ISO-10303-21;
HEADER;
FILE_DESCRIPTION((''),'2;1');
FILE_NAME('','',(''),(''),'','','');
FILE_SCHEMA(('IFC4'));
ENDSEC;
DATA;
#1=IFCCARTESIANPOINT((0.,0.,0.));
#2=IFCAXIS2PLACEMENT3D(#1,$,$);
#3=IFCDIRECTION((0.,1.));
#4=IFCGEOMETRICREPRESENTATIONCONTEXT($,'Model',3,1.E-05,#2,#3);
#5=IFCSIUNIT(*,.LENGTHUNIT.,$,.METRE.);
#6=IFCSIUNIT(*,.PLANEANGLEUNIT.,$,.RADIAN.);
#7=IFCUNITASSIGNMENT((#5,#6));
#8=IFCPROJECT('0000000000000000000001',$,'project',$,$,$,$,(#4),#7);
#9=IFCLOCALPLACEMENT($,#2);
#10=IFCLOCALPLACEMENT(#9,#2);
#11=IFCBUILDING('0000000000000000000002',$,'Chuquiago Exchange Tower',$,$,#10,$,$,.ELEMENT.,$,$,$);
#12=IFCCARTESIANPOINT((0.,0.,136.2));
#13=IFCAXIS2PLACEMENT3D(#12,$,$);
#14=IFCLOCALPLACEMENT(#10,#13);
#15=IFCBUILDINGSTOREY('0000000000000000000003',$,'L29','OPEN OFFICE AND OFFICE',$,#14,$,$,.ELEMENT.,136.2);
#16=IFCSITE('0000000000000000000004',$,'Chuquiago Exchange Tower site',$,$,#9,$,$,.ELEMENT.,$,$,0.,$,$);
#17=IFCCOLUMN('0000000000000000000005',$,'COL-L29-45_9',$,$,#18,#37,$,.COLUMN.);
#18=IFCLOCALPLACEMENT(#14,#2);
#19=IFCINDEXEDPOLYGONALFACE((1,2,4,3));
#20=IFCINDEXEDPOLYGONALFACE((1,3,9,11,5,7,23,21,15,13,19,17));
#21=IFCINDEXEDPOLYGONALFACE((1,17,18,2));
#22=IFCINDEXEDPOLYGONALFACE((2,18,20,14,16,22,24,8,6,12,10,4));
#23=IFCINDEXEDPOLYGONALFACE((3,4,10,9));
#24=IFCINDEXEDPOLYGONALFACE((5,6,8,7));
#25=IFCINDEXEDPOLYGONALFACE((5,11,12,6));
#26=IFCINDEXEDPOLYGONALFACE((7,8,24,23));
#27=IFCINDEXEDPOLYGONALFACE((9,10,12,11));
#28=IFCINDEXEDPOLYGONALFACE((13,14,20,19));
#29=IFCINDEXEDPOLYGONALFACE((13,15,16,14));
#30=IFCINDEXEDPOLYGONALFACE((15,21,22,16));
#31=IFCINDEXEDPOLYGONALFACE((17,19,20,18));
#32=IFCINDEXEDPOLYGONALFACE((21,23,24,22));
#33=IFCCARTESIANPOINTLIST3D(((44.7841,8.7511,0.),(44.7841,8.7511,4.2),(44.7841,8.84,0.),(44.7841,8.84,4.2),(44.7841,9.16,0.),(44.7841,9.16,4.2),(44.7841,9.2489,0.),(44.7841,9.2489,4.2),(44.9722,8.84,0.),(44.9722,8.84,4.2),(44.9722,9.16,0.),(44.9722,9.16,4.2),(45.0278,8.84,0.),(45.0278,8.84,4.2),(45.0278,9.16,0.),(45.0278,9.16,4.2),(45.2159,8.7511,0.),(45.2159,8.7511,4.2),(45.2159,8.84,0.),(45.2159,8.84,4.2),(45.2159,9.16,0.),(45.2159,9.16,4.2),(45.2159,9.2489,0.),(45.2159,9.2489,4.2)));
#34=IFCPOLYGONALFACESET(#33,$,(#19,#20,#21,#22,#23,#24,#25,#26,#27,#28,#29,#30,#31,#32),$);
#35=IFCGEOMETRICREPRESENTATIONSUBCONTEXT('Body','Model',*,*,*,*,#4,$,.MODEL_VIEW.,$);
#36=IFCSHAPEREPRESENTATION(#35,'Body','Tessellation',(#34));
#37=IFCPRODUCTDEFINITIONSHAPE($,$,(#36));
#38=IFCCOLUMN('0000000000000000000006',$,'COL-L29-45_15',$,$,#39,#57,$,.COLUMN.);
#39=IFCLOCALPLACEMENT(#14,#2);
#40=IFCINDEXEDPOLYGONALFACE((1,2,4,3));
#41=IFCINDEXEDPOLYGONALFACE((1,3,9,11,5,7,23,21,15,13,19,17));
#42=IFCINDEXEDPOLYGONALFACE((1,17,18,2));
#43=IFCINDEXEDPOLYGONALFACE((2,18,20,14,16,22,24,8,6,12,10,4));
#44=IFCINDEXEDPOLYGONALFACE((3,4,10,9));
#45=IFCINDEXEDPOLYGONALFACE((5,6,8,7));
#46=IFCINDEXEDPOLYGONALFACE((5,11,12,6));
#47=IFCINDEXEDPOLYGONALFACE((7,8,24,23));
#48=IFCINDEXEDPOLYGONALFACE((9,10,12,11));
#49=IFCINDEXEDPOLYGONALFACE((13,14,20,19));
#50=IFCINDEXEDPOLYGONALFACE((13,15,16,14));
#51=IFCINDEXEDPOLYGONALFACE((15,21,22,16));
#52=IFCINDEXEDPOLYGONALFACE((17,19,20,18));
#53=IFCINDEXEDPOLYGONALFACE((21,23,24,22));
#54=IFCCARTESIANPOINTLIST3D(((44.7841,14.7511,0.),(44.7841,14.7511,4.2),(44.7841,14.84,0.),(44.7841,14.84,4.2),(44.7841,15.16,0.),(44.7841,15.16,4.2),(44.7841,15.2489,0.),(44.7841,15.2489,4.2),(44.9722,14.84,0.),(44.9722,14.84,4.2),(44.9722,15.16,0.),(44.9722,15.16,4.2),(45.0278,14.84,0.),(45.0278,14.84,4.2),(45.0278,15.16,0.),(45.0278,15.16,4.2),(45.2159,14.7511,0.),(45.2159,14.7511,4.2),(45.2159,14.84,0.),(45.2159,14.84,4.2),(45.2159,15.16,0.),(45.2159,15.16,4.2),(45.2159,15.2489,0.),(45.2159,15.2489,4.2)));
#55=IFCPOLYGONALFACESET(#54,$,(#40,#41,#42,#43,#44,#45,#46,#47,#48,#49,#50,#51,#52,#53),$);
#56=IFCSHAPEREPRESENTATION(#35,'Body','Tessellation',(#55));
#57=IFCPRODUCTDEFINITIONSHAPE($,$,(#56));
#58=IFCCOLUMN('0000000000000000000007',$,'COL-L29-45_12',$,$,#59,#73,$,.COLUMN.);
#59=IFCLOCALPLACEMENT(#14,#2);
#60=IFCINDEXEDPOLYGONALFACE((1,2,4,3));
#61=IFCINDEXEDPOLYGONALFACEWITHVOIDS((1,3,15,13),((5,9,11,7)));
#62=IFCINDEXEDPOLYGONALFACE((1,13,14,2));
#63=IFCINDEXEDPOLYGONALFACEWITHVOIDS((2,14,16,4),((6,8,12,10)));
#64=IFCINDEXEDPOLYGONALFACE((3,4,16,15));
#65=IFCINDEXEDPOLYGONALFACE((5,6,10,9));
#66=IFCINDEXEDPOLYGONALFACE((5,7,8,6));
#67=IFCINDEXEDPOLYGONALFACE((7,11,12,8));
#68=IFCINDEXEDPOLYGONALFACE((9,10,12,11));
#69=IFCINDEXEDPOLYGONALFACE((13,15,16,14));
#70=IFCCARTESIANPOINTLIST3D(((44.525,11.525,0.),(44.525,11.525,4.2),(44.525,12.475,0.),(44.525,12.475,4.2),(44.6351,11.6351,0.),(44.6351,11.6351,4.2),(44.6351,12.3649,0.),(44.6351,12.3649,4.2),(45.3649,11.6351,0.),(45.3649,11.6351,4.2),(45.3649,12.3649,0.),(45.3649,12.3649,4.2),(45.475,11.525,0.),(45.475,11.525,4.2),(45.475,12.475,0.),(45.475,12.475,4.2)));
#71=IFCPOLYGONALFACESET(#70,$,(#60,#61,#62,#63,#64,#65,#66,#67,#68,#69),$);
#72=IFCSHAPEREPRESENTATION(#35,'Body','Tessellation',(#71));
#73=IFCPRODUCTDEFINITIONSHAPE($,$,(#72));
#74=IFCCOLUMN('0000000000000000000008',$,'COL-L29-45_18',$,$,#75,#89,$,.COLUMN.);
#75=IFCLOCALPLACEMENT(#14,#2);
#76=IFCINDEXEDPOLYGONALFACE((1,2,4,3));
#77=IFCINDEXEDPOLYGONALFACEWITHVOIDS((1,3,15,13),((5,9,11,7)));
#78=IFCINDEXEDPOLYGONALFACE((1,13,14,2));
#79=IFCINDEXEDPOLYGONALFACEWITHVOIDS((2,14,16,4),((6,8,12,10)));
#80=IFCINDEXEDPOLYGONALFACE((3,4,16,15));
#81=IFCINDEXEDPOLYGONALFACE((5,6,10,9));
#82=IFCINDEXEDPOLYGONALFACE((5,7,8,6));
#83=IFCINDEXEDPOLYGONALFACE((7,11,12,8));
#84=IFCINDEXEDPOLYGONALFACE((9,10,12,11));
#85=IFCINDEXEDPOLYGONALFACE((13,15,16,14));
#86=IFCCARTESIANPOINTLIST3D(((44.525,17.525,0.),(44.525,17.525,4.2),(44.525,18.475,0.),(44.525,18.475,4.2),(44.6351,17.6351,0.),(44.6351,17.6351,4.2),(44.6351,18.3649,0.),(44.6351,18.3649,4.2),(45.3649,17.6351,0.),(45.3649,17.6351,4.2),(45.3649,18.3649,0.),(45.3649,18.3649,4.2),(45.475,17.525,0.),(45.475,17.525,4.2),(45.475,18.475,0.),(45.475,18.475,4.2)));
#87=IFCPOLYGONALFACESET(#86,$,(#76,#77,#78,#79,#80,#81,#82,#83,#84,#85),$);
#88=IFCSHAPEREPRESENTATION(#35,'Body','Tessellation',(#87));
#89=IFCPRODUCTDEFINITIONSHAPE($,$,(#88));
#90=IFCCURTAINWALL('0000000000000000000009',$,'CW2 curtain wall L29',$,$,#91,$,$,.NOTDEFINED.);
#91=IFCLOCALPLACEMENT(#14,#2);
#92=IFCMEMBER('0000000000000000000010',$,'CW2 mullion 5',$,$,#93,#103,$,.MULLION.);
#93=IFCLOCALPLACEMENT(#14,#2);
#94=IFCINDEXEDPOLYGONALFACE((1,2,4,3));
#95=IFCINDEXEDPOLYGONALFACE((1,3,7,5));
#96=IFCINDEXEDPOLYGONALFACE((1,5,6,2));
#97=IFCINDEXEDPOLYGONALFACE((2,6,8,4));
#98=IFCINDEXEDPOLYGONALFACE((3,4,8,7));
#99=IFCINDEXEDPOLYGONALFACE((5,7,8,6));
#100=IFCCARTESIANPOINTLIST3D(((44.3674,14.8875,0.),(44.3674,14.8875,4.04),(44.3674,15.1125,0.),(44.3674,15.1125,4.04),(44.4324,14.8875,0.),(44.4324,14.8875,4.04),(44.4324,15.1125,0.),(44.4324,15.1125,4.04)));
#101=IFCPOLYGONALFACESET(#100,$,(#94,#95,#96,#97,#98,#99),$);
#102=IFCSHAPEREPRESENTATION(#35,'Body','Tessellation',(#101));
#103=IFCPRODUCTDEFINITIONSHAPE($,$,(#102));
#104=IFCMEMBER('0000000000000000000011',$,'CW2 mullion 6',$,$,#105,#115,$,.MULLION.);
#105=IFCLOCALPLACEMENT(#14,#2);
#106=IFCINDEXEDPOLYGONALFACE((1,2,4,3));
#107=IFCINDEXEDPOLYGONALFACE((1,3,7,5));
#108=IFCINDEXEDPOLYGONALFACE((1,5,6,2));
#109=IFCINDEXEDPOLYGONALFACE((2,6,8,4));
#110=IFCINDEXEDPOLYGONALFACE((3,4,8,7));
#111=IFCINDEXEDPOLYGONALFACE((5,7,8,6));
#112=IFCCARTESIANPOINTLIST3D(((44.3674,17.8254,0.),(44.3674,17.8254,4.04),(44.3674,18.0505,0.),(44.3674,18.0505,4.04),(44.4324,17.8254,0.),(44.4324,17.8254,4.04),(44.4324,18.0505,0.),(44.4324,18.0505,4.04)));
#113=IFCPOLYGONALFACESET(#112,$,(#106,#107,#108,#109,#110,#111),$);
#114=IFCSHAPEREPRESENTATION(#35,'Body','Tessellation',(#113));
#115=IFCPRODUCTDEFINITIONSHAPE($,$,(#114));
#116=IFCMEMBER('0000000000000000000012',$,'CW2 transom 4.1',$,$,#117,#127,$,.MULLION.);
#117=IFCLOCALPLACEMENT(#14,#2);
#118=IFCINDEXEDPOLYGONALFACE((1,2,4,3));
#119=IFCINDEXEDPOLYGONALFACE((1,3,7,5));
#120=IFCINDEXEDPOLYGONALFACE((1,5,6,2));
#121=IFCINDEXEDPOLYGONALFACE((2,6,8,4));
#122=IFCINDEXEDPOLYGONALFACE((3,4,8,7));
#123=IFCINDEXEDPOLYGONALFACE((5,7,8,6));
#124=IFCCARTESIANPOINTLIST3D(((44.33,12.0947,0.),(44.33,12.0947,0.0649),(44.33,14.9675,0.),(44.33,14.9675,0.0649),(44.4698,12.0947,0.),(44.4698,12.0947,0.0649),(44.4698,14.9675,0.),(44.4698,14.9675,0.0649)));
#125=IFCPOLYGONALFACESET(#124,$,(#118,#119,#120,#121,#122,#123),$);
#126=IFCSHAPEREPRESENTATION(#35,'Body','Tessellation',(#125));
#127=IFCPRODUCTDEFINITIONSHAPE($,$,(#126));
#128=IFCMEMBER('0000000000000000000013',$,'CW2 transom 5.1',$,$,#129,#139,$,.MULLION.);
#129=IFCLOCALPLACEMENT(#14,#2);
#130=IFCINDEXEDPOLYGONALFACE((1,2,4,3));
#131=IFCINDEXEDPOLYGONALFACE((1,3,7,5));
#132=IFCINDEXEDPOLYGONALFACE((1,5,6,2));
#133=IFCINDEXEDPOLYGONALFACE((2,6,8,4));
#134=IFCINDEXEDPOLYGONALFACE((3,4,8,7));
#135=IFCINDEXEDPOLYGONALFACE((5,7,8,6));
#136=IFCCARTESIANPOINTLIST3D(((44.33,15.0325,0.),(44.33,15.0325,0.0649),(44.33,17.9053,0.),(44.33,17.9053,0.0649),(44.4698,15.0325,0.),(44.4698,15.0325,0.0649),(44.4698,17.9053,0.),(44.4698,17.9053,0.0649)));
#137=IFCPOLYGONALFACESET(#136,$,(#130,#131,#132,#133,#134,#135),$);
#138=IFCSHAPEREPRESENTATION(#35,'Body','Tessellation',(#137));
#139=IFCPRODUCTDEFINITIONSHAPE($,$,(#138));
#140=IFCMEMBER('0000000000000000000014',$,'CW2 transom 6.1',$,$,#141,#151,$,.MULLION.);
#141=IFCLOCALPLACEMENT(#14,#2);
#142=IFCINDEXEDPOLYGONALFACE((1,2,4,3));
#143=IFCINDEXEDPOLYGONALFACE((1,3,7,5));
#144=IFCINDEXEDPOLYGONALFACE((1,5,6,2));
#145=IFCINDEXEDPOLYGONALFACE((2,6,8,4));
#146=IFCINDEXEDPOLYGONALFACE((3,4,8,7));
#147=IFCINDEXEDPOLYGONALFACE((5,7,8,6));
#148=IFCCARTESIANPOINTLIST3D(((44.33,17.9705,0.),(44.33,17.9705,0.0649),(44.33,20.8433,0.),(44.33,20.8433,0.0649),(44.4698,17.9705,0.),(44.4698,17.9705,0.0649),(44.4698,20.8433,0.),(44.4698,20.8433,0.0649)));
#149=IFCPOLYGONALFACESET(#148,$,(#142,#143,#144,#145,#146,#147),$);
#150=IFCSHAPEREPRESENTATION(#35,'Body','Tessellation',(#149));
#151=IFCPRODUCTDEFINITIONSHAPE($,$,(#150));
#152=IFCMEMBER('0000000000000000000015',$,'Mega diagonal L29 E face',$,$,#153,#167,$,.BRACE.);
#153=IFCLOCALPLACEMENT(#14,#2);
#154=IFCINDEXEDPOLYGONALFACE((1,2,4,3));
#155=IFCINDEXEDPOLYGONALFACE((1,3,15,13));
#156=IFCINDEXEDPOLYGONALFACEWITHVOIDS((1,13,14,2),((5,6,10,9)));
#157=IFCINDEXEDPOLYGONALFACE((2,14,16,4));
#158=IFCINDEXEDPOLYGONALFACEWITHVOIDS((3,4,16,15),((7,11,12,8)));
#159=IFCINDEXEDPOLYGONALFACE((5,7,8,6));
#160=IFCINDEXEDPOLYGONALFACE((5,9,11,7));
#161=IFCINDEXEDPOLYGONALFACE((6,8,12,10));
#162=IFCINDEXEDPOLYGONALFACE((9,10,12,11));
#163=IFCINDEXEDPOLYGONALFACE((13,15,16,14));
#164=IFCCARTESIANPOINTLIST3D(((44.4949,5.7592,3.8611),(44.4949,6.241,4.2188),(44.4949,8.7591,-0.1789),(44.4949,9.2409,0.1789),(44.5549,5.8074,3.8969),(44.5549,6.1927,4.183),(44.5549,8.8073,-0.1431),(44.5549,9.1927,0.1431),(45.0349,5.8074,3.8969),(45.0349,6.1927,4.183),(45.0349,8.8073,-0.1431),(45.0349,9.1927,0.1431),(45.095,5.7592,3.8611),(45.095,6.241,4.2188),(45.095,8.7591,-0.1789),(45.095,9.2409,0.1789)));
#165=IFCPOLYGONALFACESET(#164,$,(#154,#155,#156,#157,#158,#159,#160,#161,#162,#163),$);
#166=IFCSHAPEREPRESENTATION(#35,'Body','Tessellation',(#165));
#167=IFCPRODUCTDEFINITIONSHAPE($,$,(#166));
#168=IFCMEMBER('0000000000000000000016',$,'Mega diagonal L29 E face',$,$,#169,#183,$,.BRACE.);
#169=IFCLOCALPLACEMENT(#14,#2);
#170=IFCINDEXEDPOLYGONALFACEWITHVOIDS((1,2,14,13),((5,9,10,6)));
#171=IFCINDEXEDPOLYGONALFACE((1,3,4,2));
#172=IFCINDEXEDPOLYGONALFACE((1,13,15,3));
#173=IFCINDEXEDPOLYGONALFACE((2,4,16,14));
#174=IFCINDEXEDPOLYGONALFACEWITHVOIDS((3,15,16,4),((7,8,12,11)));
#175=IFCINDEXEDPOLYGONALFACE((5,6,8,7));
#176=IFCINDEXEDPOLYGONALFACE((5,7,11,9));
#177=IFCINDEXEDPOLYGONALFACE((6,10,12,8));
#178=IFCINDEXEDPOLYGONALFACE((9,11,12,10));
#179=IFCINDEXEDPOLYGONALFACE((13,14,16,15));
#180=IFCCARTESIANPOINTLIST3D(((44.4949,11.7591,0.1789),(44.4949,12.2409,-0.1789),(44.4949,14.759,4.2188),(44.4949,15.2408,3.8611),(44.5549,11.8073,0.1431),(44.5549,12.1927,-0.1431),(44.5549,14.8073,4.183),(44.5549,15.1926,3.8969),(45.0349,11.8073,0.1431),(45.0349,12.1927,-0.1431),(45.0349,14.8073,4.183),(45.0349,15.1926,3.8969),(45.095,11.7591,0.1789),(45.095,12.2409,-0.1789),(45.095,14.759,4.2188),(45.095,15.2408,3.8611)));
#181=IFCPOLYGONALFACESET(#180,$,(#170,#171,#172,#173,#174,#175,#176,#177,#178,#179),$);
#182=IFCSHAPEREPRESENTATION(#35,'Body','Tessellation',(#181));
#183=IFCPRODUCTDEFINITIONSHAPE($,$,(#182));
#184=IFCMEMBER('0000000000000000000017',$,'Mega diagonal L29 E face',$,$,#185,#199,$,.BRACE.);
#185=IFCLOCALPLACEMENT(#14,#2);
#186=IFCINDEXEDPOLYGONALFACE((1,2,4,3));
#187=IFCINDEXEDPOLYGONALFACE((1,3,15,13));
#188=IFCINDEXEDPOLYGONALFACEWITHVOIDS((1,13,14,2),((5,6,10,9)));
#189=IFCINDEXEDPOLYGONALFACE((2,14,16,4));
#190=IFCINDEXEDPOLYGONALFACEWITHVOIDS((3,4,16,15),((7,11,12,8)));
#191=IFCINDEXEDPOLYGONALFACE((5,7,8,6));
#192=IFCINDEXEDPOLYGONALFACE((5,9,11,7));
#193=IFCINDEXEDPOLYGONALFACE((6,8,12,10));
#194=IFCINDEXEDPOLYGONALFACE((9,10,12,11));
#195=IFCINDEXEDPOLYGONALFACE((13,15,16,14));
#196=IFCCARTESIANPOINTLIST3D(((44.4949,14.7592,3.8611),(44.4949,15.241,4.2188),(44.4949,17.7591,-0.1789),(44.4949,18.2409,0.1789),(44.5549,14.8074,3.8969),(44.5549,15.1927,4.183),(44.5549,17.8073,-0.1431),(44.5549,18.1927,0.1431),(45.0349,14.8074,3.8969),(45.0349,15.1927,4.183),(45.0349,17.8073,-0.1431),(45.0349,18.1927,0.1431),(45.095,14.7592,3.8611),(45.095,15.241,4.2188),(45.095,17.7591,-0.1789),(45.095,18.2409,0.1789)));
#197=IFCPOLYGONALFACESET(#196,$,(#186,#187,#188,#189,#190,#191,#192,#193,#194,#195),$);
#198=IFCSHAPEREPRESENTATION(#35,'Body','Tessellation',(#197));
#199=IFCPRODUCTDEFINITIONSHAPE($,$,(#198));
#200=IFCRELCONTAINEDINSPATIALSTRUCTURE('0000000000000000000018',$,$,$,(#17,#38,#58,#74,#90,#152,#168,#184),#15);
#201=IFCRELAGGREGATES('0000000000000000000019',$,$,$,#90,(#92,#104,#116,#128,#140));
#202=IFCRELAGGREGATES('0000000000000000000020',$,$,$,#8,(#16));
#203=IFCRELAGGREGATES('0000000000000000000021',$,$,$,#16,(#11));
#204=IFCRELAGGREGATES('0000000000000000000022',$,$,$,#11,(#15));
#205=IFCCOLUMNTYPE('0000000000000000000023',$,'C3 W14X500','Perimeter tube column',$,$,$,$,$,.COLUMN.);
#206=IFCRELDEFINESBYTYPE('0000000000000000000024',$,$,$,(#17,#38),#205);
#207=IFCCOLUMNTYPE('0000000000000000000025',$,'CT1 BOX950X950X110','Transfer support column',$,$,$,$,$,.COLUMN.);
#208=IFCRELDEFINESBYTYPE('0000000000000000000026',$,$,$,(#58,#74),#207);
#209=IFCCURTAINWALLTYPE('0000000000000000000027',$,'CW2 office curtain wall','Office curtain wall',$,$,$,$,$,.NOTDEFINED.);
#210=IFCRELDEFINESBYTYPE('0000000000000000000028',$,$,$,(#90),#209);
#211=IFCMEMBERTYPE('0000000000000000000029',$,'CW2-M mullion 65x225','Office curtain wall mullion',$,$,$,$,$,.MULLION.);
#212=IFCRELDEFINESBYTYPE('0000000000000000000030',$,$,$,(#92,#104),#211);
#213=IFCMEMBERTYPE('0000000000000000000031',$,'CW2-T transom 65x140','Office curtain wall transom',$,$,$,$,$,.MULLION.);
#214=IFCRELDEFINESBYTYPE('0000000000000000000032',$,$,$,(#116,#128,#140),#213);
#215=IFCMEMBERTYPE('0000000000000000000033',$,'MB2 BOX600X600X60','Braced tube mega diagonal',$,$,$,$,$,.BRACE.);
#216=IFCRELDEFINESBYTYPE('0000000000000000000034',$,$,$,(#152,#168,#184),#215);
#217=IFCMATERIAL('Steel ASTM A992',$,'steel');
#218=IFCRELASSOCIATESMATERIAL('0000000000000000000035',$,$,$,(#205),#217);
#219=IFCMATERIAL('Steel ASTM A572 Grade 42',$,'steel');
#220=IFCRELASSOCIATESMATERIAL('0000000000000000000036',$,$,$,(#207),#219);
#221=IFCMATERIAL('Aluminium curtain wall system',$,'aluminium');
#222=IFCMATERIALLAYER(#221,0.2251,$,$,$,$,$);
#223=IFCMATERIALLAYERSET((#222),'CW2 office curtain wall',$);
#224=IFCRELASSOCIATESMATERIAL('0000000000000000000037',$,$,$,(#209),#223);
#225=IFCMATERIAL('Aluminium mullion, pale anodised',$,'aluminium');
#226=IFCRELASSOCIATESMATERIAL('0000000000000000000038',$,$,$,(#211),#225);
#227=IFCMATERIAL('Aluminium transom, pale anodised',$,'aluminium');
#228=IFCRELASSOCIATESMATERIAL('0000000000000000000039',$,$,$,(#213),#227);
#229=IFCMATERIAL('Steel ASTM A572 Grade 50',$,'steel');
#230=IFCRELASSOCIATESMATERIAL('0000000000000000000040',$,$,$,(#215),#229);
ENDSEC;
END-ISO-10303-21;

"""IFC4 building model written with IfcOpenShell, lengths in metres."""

from ifc_helpers import new_model, si_unit, direction, frame, origin, origin_2d, place, context, subcontext, project, spatial, rectangle, hollow_rectangle, i_section, extrude, material, layer, layer_set, material_profile, profile_set, type_object, element, aggregate, save


model = new_model("IFC4")

# Units and contexts
model_context = context("Model", 3, precision=1e-05, world=origin(), true_north=direction((0.0, 1.0)))
body_context = subcontext(model_context, "Body", "Model", "MODEL_VIEW")
ifc_project = project(units=[si_unit("LENGTHUNIT", "METRE"), si_unit("PLANEANGLEUNIT", "RADIAN")], contexts=[model_context])

# Site, building, storey
site_placement = place(None, origin())
site = spatial("IfcSite", under=ifc_project, at=site_placement, Name="Chuquiago Exchange Tower site", CompositionType="ELEMENT", RefElevation=0.0)
building_placement = place(site_placement, origin())
building = spatial("IfcBuilding", under=site, at=building_placement, Name="Chuquiago Exchange Tower", CompositionType="ELEMENT")
storey_placement = place(building_placement, frame((0.0, 0.0, 136.2)))
storey = spatial("IfcBuildingStorey", under=building, at=storey_placement, Name="L29", Description="OPEN OFFICE AND OFFICE", CompositionType="ELEMENT", Elevation=136.2)

# Columns
ifc_material_1 = material(Name="Steel ASTM A992", Category="steel")
ifc_material_profile_1 = material_profile(ifc_material_1, i_section(OverallWidth=0.4319, OverallDepth=0.4978, WebThickness=0.0557, FlangeThickness=0.0889, at=origin_2d()), Name="W14X500")
ifc_profile_set_1 = profile_set([ifc_material_profile_1], Name="Steel ASTM A992")
column_type_1 = type_object("IfcColumnType", Name="C3 W14X500", Description="Perimeter tube column", PredefinedType="COLUMN", material=ifc_profile_set_1)
for number, where, z_axis, x_axis, name in (
    (1, (45.0, 9.0, 0.0), (0.0, 0.0, 1.0), (1.0, 0.0, 0.0), "COL-L29-45_9"),
    (2, (45.0, 15.0, 0.0), (0.0, 0.0, 1.0), (1.0, 0.0, 0.0), "COL-L29-45_15"),
):
    element("IfcColumn", number, at=place(storey_placement, frame(where, z_axis=z_axis, x_axis=x_axis)), inside=storey, type_object=column_type_1, Name=name, PredefinedType="COLUMN", context=body_context, shape_type="SweptSolid", body=[
        extrude(i_section(OverallWidth=0.4319, OverallDepth=0.4978, WebThickness=0.0557, FlangeThickness=0.0889, at=origin_2d()), origin(), (0.0, 0.0, 1.0), 4.2),
    ])
ifc_material_2 = material(Name="Steel ASTM A572 Grade 42", Category="steel")
ifc_material_profile_2 = material_profile(ifc_material_2, hollow_rectangle(XDim=0.95, YDim=0.95, WallThickness=0.1101, at=origin_2d()), Name="BOX950X950X110")
ifc_profile_set_2 = profile_set([ifc_material_profile_2], Name="Steel ASTM A572 Grade 42")
column_type_2 = type_object("IfcColumnType", Name="CT1 BOX950X950X110", Description="Transfer support column", PredefinedType="COLUMN", material=ifc_profile_set_2)
for number, where, z_axis, x_axis, name in (
    (3, (45.0, 12.0, 0.0), (0.0, 0.0, 1.0), (1.0, 0.0, 0.0), "COL-L29-45_12"),
    (4, (45.0, 18.0, 0.0), (0.0, 0.0, 1.0), (1.0, 0.0, 0.0), "COL-L29-45_18"),
):
    element("IfcColumn", number, at=place(storey_placement, frame(where, z_axis=z_axis, x_axis=x_axis)), inside=storey, type_object=column_type_2, Name=name, PredefinedType="COLUMN", context=body_context, shape_type="SweptSolid", body=[
        extrude(hollow_rectangle(XDim=0.95, YDim=0.95, WallThickness=0.1101, at=origin_2d()), origin(), (0.0, 0.0, 1.0), 4.2),
    ])

# Curtain wall, members
ifc_material_3 = material(Name="Aluminium curtain wall system", Category="aluminium")
ifc_layer_1 = layer(ifc_material_3, 0.2251)
ifc_layer_set_1 = layer_set([ifc_layer_1], Name="CW2 office curtain wall")
curtain_wall_type = type_object("IfcCurtainWallType", Name="CW2 office curtain wall", Description="Office curtain wall", PredefinedType="NOTDEFINED", material=ifc_layer_set_1)
curtain_wall_placement = place(storey_placement, origin())
curtain_wall = element("IfcCurtainWall", 5, at=curtain_wall_placement, inside=storey, type_object=curtain_wall_type, Name="CW2 curtain wall L29", PredefinedType="NOTDEFINED")
ifc_material_4 = material(Name="Aluminium mullion, pale anodised", Category="aluminium")
ifc_material_profile_3 = material_profile(ifc_material_4, rectangle(XDim=0.0649, YDim=0.2251, at=origin_2d()), Name="AL 65x225")
ifc_profile_set_3 = profile_set([ifc_material_profile_3], Name="Aluminium mullion, pale anodised")
member_type_1 = type_object("IfcMemberType", Name="CW2-M mullion 65x225", Description="Office curtain wall mullion", PredefinedType="MULLION", material=ifc_profile_set_3)
member_1_placement = place(storey_placement, frame((44.3999, 15.0, 0.0), z_axis=(0.0, 0.0, 1.0), x_axis=(-1.0, 0.0, 0.0)))
member_1 = element("IfcMember", 6, at=member_1_placement, type_object=member_type_1, Name="CW2 mullion 5", PredefinedType="MULLION", context=body_context, shape_type="SweptSolid", body=[
    extrude(rectangle(XDim=0.0649, YDim=0.2251, at=origin_2d()), origin(), (0.0, 0.0, 1.0), 4.04),
])
member_2_placement = place(storey_placement, frame((44.3999, 17.938, 0.0), z_axis=(0.0, 0.0, 1.0), x_axis=(-1.0, 0.0, 0.0)))
member_2 = element("IfcMember", 7, at=member_2_placement, type_object=member_type_1, Name="CW2 mullion 6", PredefinedType="MULLION", context=body_context, shape_type="SweptSolid", body=[
    extrude(rectangle(XDim=0.0649, YDim=0.2251, at=origin_2d()), origin(), (0.0, 0.0, 1.0), 4.04),
])
ifc_material_5 = material(Name="Aluminium transom, pale anodised", Category="aluminium")
ifc_material_profile_4 = material_profile(ifc_material_5, rectangle(XDim=0.1399, YDim=0.0649, at=origin_2d()), Name="AL 140x65")
ifc_profile_set_4 = profile_set([ifc_material_profile_4], Name="Aluminium transom, pale anodised")
member_type_2 = type_object("IfcMemberType", Name="CW2-T transom 65x140", Description="Office curtain wall transom", PredefinedType="MULLION", material=ifc_profile_set_4)
member_3_placement = place(storey_placement, frame((44.3999, 12.0947, 0.0325), z_axis=(0.0, 1.0, 0.0), x_axis=(-1.0, 0.0, 0.0)))
member_3 = element("IfcMember", 8, at=member_3_placement, type_object=member_type_2, Name="CW2 transom 4.1", PredefinedType="MULLION", context=body_context, shape_type="SweptSolid", body=[
    extrude(rectangle(XDim=0.1399, YDim=0.0649, at=origin_2d()), origin(), (0.0, 0.0, 1.0), 2.8728),
])
member_4_placement = place(storey_placement, frame((44.3999, 15.0325, 0.0325), z_axis=(0.0, 1.0, 0.0), x_axis=(-1.0, 0.0, 0.0)))
member_4 = element("IfcMember", 9, at=member_4_placement, type_object=member_type_2, Name="CW2 transom 5.1", PredefinedType="MULLION", context=body_context, shape_type="SweptSolid", body=[
    extrude(rectangle(XDim=0.1399, YDim=0.0649, at=origin_2d()), origin(), (0.0, 0.0, 1.0), 2.8728),
])
member_5_placement = place(storey_placement, frame((44.3999, 17.9705, 0.0325), z_axis=(0.0, 1.0, 0.0), x_axis=(-1.0, 0.0, 0.0)))
member_5 = element("IfcMember", 10, at=member_5_placement, type_object=member_type_2, Name="CW2 transom 6.1", PredefinedType="MULLION", context=body_context, shape_type="SweptSolid", body=[
    extrude(rectangle(XDim=0.1399, YDim=0.0649, at=origin_2d()), origin(), (0.0, 0.0, 1.0), 2.8728),
])

# Members
ifc_material_6 = material(Name="Steel ASTM A572 Grade 50", Category="steel")
ifc_material_profile_5 = material_profile(ifc_material_6, hollow_rectangle(XDim=0.6001, YDim=0.6001, WallThickness=0.0601, at=origin_2d()), Name="BOX600X600X60")
ifc_profile_set_5 = profile_set([ifc_material_profile_5], Name="Steel ASTM A572 Grade 50")
member_type_3 = type_object("IfcMemberType", Name="MB2 BOX600X600X60", Description="Braced tube mega diagonal", PredefinedType="BRACE", material=ifc_profile_set_5)
for number, where, z_axis, x_axis, name in (
    (11, (44.7949, 9.0, 0.0), (0.0, -0.596174, 0.802855), (1.0, 0.0, 0.0), "Mega diagonal L29 E face"),
    (12, (44.7949, 12.0, 0.0), (0.0, 0.596174, 0.802855), (-1.0, 0.0, 0.0), "Mega diagonal L29 E face"),
    (13, (44.7949, 18.0, 0.0), (0.0, -0.596174, 0.802855), (1.0, 0.0, 0.0), "Mega diagonal L29 E face"),
):
    element("IfcMember", number, at=place(storey_placement, frame(where, z_axis=z_axis, x_axis=x_axis)), inside=storey, type_object=member_type_3, Name=name, PredefinedType="BRACE", context=body_context, shape_type="SweptSolid", body=[
        extrude(hollow_rectangle(XDim=0.6001, YDim=0.6001, WallThickness=0.0601, at=origin_2d()), origin(), (0.0, 0.0, 1.0), 5.032),
    ])

aggregate(curtain_wall, [member_1, member_2, member_3, member_4, member_5])

save(model, "model.ifc")
